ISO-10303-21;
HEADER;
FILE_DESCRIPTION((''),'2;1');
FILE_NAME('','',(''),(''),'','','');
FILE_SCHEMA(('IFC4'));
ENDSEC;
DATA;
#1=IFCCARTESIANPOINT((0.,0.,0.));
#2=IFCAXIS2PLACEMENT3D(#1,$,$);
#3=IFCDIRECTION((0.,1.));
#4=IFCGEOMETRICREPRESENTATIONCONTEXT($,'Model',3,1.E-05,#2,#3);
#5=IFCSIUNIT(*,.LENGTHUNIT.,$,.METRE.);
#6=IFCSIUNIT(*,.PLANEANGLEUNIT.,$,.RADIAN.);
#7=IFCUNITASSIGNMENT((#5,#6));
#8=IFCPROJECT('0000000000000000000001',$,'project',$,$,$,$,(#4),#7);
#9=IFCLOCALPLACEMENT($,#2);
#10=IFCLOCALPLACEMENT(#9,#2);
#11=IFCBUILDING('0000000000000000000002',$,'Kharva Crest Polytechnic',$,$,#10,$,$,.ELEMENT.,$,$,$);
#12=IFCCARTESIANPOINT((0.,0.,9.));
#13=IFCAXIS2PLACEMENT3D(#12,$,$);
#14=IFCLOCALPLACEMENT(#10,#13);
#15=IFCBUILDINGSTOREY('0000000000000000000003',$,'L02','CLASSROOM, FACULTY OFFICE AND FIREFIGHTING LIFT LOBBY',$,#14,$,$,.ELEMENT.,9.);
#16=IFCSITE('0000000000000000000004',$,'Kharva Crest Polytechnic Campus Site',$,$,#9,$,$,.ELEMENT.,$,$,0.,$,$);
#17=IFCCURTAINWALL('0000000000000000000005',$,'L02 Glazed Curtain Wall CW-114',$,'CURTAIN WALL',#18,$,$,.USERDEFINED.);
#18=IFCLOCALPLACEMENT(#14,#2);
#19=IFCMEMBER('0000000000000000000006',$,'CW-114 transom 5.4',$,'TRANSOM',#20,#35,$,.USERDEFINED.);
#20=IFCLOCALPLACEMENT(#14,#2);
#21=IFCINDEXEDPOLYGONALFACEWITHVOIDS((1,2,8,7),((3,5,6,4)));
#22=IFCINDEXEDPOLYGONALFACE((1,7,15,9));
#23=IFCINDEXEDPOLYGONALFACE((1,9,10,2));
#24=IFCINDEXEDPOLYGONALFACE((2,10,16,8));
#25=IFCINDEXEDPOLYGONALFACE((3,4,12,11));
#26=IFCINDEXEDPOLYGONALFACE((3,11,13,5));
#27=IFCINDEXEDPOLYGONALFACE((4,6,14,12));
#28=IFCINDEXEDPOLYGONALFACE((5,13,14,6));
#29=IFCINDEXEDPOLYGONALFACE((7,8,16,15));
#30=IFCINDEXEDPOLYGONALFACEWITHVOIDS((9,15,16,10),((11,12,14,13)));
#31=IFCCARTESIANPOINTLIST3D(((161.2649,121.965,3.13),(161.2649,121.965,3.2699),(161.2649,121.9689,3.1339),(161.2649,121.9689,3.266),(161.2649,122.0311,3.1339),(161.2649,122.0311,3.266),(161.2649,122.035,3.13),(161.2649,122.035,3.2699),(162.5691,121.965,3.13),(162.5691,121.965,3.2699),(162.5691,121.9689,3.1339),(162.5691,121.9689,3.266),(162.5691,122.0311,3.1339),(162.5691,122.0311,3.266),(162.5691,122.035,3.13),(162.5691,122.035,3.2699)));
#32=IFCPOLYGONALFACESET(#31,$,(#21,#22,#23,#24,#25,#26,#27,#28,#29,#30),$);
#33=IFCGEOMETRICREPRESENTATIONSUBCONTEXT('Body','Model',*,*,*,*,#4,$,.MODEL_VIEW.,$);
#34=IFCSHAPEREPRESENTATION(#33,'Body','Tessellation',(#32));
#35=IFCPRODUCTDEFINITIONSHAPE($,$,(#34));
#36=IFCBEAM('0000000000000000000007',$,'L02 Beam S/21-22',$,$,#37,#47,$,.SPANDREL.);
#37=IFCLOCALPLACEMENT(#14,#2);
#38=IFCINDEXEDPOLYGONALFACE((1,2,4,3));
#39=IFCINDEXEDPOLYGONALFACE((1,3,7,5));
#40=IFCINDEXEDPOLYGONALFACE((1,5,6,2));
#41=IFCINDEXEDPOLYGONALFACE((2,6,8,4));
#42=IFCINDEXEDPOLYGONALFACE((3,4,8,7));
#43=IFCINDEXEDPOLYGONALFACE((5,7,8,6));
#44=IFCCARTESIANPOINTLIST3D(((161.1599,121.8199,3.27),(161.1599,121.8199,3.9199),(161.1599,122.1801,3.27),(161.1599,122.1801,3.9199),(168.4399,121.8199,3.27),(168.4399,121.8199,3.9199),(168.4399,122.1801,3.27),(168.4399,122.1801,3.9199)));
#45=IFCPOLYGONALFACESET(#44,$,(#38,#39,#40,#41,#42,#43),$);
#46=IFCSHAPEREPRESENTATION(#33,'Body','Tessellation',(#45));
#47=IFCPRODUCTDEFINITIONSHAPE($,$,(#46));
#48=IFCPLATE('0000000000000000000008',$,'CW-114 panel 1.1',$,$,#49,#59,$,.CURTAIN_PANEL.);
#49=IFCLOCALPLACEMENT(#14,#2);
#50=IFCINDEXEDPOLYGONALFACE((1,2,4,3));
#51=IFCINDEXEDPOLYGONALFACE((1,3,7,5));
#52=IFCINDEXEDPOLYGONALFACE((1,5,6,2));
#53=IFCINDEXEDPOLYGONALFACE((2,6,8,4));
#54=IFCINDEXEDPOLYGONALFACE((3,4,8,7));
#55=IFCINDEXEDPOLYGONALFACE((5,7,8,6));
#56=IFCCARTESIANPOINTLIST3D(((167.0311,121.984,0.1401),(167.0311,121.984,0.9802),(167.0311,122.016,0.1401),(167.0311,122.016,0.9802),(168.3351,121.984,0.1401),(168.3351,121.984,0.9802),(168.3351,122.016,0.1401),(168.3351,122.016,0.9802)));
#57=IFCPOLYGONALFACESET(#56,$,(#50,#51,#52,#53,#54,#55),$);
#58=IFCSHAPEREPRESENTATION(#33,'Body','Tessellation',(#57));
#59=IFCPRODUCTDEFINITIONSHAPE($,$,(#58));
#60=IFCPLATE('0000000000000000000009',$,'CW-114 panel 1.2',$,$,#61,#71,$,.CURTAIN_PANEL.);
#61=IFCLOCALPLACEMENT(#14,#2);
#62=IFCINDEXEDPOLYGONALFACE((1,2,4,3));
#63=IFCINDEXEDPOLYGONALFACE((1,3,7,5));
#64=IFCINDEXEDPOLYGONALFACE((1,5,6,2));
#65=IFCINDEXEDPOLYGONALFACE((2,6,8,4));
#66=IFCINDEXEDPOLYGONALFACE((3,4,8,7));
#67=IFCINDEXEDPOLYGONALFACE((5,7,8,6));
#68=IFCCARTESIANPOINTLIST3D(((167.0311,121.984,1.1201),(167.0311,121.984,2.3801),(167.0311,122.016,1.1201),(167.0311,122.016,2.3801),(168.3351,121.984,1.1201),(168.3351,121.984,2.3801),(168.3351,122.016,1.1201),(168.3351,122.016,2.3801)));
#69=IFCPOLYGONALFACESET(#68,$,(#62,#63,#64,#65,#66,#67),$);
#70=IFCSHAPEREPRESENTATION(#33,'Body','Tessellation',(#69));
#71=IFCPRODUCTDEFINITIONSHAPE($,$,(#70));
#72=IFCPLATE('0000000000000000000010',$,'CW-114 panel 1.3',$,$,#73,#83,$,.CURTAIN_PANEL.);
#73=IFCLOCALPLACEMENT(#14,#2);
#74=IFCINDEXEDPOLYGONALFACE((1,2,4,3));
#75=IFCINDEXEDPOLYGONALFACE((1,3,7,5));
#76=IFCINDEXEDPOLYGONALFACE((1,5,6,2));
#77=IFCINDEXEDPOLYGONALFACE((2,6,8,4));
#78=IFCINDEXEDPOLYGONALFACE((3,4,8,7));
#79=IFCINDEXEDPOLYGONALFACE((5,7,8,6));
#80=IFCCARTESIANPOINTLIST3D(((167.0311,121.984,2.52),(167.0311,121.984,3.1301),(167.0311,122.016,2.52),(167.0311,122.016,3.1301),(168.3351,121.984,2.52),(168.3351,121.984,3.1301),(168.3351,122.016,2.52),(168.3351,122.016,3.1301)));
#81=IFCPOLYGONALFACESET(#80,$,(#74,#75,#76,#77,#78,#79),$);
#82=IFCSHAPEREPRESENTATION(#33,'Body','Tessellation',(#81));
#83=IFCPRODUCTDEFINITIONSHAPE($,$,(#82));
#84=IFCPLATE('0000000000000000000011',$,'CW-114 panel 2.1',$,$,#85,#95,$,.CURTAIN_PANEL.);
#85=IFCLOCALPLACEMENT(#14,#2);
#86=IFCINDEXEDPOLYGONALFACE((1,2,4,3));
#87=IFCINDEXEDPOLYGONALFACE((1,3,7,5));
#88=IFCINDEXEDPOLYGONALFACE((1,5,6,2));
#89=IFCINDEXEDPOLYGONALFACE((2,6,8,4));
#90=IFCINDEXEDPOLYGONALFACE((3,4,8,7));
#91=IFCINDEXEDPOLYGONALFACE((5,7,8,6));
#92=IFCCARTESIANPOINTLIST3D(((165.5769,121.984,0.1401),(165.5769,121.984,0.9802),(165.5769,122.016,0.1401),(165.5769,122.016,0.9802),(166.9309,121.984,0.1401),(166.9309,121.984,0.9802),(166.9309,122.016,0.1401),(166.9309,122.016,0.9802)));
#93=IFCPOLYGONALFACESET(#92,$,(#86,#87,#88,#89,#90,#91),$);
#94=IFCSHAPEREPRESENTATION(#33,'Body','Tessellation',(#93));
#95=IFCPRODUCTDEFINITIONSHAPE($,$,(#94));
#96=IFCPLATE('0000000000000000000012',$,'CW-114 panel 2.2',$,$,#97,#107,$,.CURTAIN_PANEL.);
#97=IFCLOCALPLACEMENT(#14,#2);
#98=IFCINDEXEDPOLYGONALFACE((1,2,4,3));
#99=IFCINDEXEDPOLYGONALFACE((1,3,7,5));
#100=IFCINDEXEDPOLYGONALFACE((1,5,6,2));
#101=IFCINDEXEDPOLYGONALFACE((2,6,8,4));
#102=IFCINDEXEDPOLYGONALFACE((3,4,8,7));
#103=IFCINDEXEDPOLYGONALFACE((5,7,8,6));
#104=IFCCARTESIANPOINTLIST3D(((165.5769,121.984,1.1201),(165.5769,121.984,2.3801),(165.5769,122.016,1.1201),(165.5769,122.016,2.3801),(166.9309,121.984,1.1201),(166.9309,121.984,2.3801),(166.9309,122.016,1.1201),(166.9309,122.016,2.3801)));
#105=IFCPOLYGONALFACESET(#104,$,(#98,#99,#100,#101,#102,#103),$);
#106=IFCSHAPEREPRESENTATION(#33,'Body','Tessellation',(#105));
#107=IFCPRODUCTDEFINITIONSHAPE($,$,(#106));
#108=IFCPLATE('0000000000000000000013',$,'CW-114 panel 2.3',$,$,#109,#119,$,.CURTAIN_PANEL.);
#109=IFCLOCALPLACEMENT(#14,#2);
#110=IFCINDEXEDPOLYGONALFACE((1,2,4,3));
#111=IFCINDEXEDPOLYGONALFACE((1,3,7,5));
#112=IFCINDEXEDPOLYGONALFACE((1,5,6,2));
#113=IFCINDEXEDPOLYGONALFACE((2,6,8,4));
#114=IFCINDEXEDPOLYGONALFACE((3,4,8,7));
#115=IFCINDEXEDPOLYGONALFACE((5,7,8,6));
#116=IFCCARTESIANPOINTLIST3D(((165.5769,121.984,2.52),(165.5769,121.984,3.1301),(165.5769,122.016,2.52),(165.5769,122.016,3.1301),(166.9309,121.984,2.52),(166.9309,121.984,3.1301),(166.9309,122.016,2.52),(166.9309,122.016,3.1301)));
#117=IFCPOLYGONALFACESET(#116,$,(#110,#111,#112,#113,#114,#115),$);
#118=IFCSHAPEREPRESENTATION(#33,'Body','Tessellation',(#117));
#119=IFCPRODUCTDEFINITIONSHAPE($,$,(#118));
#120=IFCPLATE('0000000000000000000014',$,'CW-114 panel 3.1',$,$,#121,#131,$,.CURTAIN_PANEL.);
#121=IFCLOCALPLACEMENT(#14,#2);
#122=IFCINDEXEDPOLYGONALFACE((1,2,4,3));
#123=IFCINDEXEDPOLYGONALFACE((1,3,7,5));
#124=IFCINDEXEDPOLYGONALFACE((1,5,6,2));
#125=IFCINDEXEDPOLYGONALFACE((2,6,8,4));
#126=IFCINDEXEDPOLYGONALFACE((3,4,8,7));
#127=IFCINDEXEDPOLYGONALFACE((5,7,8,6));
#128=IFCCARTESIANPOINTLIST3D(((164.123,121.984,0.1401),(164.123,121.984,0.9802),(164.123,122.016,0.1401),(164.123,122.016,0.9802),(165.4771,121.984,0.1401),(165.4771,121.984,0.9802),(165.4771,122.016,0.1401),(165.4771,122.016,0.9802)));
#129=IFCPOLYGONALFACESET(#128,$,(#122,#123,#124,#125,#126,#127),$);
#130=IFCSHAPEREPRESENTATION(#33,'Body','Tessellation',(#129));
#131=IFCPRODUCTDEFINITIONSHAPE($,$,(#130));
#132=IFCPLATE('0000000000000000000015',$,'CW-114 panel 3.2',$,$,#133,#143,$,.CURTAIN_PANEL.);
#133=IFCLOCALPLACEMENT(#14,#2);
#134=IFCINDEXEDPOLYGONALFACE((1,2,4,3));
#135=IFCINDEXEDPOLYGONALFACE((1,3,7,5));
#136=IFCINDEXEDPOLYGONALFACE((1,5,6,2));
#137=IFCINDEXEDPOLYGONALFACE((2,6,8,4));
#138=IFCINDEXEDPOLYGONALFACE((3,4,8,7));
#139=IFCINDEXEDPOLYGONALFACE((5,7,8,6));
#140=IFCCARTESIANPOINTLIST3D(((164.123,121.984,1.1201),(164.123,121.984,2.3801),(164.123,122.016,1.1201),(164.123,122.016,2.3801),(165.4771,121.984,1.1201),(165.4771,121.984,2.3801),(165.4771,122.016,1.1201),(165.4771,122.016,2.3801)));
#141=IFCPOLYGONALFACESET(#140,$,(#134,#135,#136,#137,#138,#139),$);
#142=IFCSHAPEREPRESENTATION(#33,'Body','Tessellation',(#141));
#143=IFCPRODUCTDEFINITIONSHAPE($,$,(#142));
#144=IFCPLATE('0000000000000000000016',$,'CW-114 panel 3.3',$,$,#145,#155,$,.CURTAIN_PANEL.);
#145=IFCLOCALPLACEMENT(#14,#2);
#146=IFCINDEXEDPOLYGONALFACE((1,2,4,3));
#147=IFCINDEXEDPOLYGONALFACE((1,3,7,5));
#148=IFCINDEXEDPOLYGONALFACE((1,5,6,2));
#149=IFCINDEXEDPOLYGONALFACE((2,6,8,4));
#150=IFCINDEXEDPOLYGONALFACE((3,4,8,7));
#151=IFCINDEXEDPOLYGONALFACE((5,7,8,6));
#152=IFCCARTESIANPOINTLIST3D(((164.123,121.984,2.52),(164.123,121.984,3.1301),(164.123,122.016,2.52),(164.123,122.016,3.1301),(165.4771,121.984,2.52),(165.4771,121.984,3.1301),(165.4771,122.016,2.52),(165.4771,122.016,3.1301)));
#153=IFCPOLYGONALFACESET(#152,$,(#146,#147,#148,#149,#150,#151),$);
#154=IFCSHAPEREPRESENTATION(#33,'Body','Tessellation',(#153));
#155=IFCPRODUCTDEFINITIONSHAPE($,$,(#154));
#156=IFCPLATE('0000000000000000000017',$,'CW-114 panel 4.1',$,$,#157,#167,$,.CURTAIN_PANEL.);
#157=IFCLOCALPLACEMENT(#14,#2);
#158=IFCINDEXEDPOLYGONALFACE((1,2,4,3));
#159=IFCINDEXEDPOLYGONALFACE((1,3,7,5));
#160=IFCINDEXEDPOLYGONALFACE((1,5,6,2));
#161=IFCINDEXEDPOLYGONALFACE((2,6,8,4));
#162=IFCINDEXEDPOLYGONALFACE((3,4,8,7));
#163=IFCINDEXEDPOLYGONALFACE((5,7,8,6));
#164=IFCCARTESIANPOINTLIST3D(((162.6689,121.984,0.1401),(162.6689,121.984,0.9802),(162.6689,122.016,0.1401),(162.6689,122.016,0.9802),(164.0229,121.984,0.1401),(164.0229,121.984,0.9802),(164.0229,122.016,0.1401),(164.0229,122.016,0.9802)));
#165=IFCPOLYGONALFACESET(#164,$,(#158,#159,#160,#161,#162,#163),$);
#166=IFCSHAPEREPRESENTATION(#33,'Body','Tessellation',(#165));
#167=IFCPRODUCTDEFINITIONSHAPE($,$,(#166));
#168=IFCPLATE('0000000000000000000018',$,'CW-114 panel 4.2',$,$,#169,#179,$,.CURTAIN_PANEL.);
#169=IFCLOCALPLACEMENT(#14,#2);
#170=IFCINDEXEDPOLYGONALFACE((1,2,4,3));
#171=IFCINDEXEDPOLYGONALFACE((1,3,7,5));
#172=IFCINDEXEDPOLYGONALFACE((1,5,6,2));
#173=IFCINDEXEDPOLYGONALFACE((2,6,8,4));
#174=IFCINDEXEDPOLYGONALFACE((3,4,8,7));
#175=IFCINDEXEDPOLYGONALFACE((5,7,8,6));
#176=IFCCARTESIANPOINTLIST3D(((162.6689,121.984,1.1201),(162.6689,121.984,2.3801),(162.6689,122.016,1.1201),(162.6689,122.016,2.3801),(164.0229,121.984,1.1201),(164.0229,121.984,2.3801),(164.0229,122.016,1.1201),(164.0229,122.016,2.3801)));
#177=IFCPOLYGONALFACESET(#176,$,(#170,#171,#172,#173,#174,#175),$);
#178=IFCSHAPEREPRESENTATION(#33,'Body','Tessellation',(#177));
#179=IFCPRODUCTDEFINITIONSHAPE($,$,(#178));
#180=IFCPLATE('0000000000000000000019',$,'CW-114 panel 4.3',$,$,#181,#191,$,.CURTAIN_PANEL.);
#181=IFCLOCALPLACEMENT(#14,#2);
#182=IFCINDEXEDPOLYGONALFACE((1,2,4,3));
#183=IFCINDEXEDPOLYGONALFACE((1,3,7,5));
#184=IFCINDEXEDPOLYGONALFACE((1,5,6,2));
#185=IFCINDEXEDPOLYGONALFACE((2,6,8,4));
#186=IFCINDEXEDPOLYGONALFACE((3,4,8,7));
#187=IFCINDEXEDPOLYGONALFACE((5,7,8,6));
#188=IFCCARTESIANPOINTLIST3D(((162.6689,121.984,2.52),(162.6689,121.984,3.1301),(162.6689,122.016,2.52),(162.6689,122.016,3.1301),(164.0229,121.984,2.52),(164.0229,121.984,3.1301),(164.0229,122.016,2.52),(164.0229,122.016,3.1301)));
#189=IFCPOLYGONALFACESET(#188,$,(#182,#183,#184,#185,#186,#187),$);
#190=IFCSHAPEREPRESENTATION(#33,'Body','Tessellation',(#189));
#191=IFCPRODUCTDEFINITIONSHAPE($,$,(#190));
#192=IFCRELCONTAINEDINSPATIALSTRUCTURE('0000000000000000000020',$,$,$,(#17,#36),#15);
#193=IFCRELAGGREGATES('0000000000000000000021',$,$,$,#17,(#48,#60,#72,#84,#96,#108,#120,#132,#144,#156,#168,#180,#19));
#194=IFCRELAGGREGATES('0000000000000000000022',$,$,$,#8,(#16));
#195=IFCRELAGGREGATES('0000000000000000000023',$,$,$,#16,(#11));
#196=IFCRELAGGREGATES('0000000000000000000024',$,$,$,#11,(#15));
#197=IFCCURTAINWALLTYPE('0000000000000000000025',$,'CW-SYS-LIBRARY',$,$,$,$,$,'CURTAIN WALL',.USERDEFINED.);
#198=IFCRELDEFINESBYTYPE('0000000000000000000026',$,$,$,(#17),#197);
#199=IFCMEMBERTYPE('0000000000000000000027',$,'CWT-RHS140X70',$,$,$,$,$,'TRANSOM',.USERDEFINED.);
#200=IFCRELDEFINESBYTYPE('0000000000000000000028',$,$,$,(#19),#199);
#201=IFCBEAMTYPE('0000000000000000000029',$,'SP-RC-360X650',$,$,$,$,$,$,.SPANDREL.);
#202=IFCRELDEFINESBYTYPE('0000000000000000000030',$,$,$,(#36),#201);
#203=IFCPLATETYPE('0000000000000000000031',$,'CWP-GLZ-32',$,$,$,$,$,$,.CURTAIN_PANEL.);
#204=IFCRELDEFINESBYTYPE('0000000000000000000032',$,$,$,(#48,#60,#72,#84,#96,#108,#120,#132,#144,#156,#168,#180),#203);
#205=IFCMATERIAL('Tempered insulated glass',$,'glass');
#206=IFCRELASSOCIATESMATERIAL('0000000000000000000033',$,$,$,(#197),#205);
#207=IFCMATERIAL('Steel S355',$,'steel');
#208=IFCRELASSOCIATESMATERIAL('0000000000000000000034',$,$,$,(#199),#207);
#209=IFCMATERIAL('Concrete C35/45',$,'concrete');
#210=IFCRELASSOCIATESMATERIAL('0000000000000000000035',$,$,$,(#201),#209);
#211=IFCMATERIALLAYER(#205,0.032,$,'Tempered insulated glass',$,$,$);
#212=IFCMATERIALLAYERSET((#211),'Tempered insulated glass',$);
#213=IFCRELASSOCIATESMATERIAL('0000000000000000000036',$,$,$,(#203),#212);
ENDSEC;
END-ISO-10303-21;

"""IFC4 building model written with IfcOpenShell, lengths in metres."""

from ifc_helpers import new_model, si_unit, direction, frame, origin, origin_2d, place, context, subcontext, project, spatial, rectangle, hollow_rectangle, extrude, material, layer, layer_set, material_profile, profile_set, type_object, element, aggregate, save


model = new_model("IFC4")

# Units and contexts
model_context = context("Model", 3, precision=1e-05, world=origin(), true_north=direction((0.0, 1.0)))
body_context = subcontext(model_context, "Body", "Model", "MODEL_VIEW")
ifc_project = project(units=[si_unit("LENGTHUNIT", "METRE"), si_unit("PLANEANGLEUNIT", "RADIAN")], contexts=[model_context])

# Site, building, storey
site_placement = place(None, origin())
site = spatial("IfcSite", under=ifc_project, at=site_placement, Name="Kharva Crest Polytechnic Campus Site", CompositionType="ELEMENT", RefElevation=0.0)
building_placement = place(site_placement, origin())
building = spatial("IfcBuilding", under=site, at=building_placement, Name="Kharva Crest Polytechnic", CompositionType="ELEMENT")
storey_placement = place(building_placement, frame((0.0, 0.0, 9.0)))
storey = spatial("IfcBuildingStorey", under=building, at=storey_placement, Name="L02", Description="CLASSROOM, FACULTY OFFICE AND FIREFIGHTING LIFT LOBBY", CompositionType="ELEMENT", Elevation=9.0)

# Curtain wall, member
ifc_material_1 = material(Name="Tempered insulated glass", Category="glass")
curtain_wall_type = type_object("IfcCurtainWallType", Name="CW-SYS-LIBRARY", ElementType="CURTAIN WALL", PredefinedType="USERDEFINED", material=ifc_material_1)
curtain_wall_placement = place(storey_placement, origin())
curtain_wall = element("IfcCurtainWall", 1, at=curtain_wall_placement, inside=storey, type_object=curtain_wall_type, Name="L02 Glazed Curtain Wall CW-114", ObjectType="CURTAIN WALL", PredefinedType="USERDEFINED")
ifc_material_2 = material(Name="Steel S355", Category="steel")
ifc_material_profile_1 = material_profile(ifc_material_2, hollow_rectangle(XDim=0.0701, YDim=0.1399, WallThickness=0.0039, at=origin_2d()), Name="RHS 140X70X4.0")
ifc_profile_set_1 = profile_set([ifc_material_profile_1], Name="Steel S355")
member_type_1 = type_object("IfcMemberType", Name="CWT-RHS140X70", ElementType="TRANSOM", PredefinedType="USERDEFINED", material=ifc_profile_set_1)
member_1_placement = place(storey_placement, frame((162.5691, 122.0, 3.2), z_axis=(-1.0, 0.0, 0.0), x_axis=(0.0, -1.0, 0.0)))
member_1 = element("IfcMember", 2, at=member_1_placement, type_object=member_type_1, Name="CW-114 transom 5.4", ObjectType="TRANSOM", PredefinedType="USERDEFINED", context=body_context, shape_type="SweptSolid", body=[
    extrude(hollow_rectangle(XDim=0.0701, YDim=0.1399, WallThickness=0.0039, at=origin_2d()), origin(), (0.0, 0.0, 1.0), 1.3042),
])

# Beam
ifc_material_3 = material(Name="Concrete C35/45", Category="concrete")
ifc_material_profile_2 = material_profile(ifc_material_3, rectangle(XDim=0.3601, YDim=0.6499, at=origin_2d()), Name="RECT 360 X 650")
ifc_profile_set_2 = profile_set([ifc_material_profile_2], Name="Concrete C35/45")
beam_type = type_object("IfcBeamType", Name="SP-RC-360X650", PredefinedType="SPANDREL", material=ifc_profile_set_2)
beam_placement = place(storey_placement, frame((161.1599, 122.0, 3.595), z_axis=(1.0, 0.0, 0.0), x_axis=(0.0, 1.0, 0.0)))
element("IfcBeam", 3, at=beam_placement, inside=storey, type_object=beam_type, Name="L02 Beam S/21-22", PredefinedType="SPANDREL", context=body_context, shape_type="SweptSolid", body=[
    extrude(rectangle(XDim=0.3601, YDim=0.6499, at=origin_2d()), origin(), (0.0, 0.0, 1.0), 7.28),
])

# Plates
ifc_layer = layer(ifc_material_1, 0.032, Name="Tempered insulated glass")
ifc_layer_set = layer_set([ifc_layer], Name="Tempered insulated glass")
plate_type = type_object("IfcPlateType", Name="CWP-GLZ-32", PredefinedType="CURTAIN_PANEL", material=ifc_layer_set)
plate_1_placement = place(storey_placement, frame((167.6831, 122.0, 0.1401), z_axis=(0.0, 0.0, 1.0), x_axis=(-1.0, 0.0, 0.0)))
plate_1 = element("IfcPlate", 4, at=plate_1_placement, type_object=plate_type, Name="CW-114 panel 1.1", PredefinedType="CURTAIN_PANEL", context=body_context, shape_type="SweptSolid", body=[
    extrude(rectangle(XDim=1.304, YDim=0.032, at=origin_2d()), origin(), (0.0, 0.0, 1.0), 0.8401),
])
plate_2_placement = place(storey_placement, frame((167.6831, 122.0, 1.1201), z_axis=(0.0, 0.0, 1.0), x_axis=(-1.0, 0.0, 0.0)))
plate_2 = element("IfcPlate", 5, at=plate_2_placement, type_object=plate_type, Name="CW-114 panel 1.2", PredefinedType="CURTAIN_PANEL", context=body_context, shape_type="SweptSolid", body=[
    extrude(rectangle(XDim=1.304, YDim=0.032, at=origin_2d()), origin(), (0.0, 0.0, 1.0), 1.26),
])
plate_3_placement = place(storey_placement, frame((167.6831, 122.0, 2.52), z_axis=(0.0, 0.0, 1.0), x_axis=(-1.0, 0.0, 0.0)))
plate_3 = element("IfcPlate", 6, at=plate_3_placement, type_object=plate_type, Name="CW-114 panel 1.3", PredefinedType="CURTAIN_PANEL", context=body_context, shape_type="SweptSolid", body=[
    extrude(rectangle(XDim=1.304, YDim=0.032, at=origin_2d()), origin(), (0.0, 0.0, 1.0), 0.6101),
])
plate_4_placement = place(storey_placement, frame((166.2539, 122.0, 0.1401), z_axis=(0.0, 0.0, 1.0), x_axis=(-1.0, 0.0, 0.0)))
plate_4 = element("IfcPlate", 7, at=plate_4_placement, type_object=plate_type, Name="CW-114 panel 2.1", PredefinedType="CURTAIN_PANEL", context=body_context, shape_type="SweptSolid", body=[
    extrude(rectangle(XDim=1.354, YDim=0.032, at=origin_2d()), origin(), (0.0, 0.0, 1.0), 0.8401),
])
plate_5_placement = place(storey_placement, frame((166.2539, 122.0, 1.1201), z_axis=(0.0, 0.0, 1.0), x_axis=(-1.0, 0.0, 0.0)))
plate_5 = element("IfcPlate", 8, at=plate_5_placement, type_object=plate_type, Name="CW-114 panel 2.2", PredefinedType="CURTAIN_PANEL", context=body_context, shape_type="SweptSolid", body=[
    extrude(rectangle(XDim=1.354, YDim=0.032, at=origin_2d()), origin(), (0.0, 0.0, 1.0), 1.26),
])
plate_6_placement = place(storey_placement, frame((166.2539, 122.0, 2.52), z_axis=(0.0, 0.0, 1.0), x_axis=(-1.0, 0.0, 0.0)))
plate_6 = element("IfcPlate", 9, at=plate_6_placement, type_object=plate_type, Name="CW-114 panel 2.3", PredefinedType="CURTAIN_PANEL", context=body_context, shape_type="SweptSolid", body=[
    extrude(rectangle(XDim=1.354, YDim=0.032, at=origin_2d()), origin(), (0.0, 0.0, 1.0), 0.6101),
])
plate_7_placement = place(storey_placement, frame((164.8, 122.0, 0.1401), z_axis=(0.0, 0.0, 1.0), x_axis=(-1.0, 0.0, 0.0)))
plate_7 = element("IfcPlate", 10, at=plate_7_placement, type_object=plate_type, Name="CW-114 panel 3.1", PredefinedType="CURTAIN_PANEL", context=body_context, shape_type="SweptSolid", body=[
    extrude(rectangle(XDim=1.354, YDim=0.032, at=origin_2d()), origin(), (0.0, 0.0, 1.0), 0.8401),
])
plate_8_placement = place(storey_placement, frame((164.8, 122.0, 1.1201), z_axis=(0.0, 0.0, 1.0), x_axis=(-1.0, 0.0, 0.0)))
plate_8 = element("IfcPlate", 11, at=plate_8_placement, type_object=plate_type, Name="CW-114 panel 3.2", PredefinedType="CURTAIN_PANEL", context=body_context, shape_type="SweptSolid", body=[
    extrude(rectangle(XDim=1.354, YDim=0.032, at=origin_2d()), origin(), (0.0, 0.0, 1.0), 1.26),
])
plate_9_placement = place(storey_placement, frame((164.8, 122.0, 2.52), z_axis=(0.0, 0.0, 1.0), x_axis=(-1.0, 0.0, 0.0)))
plate_9 = element("IfcPlate", 12, at=plate_9_placement, type_object=plate_type, Name="CW-114 panel 3.3", PredefinedType="CURTAIN_PANEL", context=body_context, shape_type="SweptSolid", body=[
    extrude(rectangle(XDim=1.354, YDim=0.032, at=origin_2d()), origin(), (0.0, 0.0, 1.0), 0.6101),
])
plate_10_placement = place(storey_placement, frame((163.3459, 122.0, 0.1401), z_axis=(0.0, 0.0, 1.0), x_axis=(-1.0, 0.0, 0.0)))
plate_10 = element("IfcPlate", 13, at=plate_10_placement, type_object=plate_type, Name="CW-114 panel 4.1", PredefinedType="CURTAIN_PANEL", context=body_context, shape_type="SweptSolid", body=[
    extrude(rectangle(XDim=1.354, YDim=0.032, at=origin_2d()), origin(), (0.0, 0.0, 1.0), 0.8401),
])
plate_11_placement = place(storey_placement, frame((163.3459, 122.0, 1.1201), z_axis=(0.0, 0.0, 1.0), x_axis=(-1.0, 0.0, 0.0)))
plate_11 = element("IfcPlate", 14, at=plate_11_placement, type_object=plate_type, Name="CW-114 panel 4.2", PredefinedType="CURTAIN_PANEL", context=body_context, shape_type="SweptSolid", body=[
    extrude(rectangle(XDim=1.354, YDim=0.032, at=origin_2d()), origin(), (0.0, 0.0, 1.0), 1.26),
])
plate_12_placement = place(storey_placement, frame((163.3459, 122.0, 2.52), z_axis=(0.0, 0.0, 1.0), x_axis=(-1.0, 0.0, 0.0)))
plate_12 = element("IfcPlate", 15, at=plate_12_placement, type_object=plate_type, Name="CW-114 panel 4.3", PredefinedType="CURTAIN_PANEL", context=body_context, shape_type="SweptSolid", body=[
    extrude(rectangle(XDim=1.354, YDim=0.032, at=origin_2d()), origin(), (0.0, 0.0, 1.0), 0.6101),
])
aggregate(curtain_wall, [plate_1, plate_2, plate_3, plate_4, plate_5, plate_6, plate_7, plate_8, plate_9, plate_10, plate_11, plate_12, member_1])

save(model, "model.ifc")
